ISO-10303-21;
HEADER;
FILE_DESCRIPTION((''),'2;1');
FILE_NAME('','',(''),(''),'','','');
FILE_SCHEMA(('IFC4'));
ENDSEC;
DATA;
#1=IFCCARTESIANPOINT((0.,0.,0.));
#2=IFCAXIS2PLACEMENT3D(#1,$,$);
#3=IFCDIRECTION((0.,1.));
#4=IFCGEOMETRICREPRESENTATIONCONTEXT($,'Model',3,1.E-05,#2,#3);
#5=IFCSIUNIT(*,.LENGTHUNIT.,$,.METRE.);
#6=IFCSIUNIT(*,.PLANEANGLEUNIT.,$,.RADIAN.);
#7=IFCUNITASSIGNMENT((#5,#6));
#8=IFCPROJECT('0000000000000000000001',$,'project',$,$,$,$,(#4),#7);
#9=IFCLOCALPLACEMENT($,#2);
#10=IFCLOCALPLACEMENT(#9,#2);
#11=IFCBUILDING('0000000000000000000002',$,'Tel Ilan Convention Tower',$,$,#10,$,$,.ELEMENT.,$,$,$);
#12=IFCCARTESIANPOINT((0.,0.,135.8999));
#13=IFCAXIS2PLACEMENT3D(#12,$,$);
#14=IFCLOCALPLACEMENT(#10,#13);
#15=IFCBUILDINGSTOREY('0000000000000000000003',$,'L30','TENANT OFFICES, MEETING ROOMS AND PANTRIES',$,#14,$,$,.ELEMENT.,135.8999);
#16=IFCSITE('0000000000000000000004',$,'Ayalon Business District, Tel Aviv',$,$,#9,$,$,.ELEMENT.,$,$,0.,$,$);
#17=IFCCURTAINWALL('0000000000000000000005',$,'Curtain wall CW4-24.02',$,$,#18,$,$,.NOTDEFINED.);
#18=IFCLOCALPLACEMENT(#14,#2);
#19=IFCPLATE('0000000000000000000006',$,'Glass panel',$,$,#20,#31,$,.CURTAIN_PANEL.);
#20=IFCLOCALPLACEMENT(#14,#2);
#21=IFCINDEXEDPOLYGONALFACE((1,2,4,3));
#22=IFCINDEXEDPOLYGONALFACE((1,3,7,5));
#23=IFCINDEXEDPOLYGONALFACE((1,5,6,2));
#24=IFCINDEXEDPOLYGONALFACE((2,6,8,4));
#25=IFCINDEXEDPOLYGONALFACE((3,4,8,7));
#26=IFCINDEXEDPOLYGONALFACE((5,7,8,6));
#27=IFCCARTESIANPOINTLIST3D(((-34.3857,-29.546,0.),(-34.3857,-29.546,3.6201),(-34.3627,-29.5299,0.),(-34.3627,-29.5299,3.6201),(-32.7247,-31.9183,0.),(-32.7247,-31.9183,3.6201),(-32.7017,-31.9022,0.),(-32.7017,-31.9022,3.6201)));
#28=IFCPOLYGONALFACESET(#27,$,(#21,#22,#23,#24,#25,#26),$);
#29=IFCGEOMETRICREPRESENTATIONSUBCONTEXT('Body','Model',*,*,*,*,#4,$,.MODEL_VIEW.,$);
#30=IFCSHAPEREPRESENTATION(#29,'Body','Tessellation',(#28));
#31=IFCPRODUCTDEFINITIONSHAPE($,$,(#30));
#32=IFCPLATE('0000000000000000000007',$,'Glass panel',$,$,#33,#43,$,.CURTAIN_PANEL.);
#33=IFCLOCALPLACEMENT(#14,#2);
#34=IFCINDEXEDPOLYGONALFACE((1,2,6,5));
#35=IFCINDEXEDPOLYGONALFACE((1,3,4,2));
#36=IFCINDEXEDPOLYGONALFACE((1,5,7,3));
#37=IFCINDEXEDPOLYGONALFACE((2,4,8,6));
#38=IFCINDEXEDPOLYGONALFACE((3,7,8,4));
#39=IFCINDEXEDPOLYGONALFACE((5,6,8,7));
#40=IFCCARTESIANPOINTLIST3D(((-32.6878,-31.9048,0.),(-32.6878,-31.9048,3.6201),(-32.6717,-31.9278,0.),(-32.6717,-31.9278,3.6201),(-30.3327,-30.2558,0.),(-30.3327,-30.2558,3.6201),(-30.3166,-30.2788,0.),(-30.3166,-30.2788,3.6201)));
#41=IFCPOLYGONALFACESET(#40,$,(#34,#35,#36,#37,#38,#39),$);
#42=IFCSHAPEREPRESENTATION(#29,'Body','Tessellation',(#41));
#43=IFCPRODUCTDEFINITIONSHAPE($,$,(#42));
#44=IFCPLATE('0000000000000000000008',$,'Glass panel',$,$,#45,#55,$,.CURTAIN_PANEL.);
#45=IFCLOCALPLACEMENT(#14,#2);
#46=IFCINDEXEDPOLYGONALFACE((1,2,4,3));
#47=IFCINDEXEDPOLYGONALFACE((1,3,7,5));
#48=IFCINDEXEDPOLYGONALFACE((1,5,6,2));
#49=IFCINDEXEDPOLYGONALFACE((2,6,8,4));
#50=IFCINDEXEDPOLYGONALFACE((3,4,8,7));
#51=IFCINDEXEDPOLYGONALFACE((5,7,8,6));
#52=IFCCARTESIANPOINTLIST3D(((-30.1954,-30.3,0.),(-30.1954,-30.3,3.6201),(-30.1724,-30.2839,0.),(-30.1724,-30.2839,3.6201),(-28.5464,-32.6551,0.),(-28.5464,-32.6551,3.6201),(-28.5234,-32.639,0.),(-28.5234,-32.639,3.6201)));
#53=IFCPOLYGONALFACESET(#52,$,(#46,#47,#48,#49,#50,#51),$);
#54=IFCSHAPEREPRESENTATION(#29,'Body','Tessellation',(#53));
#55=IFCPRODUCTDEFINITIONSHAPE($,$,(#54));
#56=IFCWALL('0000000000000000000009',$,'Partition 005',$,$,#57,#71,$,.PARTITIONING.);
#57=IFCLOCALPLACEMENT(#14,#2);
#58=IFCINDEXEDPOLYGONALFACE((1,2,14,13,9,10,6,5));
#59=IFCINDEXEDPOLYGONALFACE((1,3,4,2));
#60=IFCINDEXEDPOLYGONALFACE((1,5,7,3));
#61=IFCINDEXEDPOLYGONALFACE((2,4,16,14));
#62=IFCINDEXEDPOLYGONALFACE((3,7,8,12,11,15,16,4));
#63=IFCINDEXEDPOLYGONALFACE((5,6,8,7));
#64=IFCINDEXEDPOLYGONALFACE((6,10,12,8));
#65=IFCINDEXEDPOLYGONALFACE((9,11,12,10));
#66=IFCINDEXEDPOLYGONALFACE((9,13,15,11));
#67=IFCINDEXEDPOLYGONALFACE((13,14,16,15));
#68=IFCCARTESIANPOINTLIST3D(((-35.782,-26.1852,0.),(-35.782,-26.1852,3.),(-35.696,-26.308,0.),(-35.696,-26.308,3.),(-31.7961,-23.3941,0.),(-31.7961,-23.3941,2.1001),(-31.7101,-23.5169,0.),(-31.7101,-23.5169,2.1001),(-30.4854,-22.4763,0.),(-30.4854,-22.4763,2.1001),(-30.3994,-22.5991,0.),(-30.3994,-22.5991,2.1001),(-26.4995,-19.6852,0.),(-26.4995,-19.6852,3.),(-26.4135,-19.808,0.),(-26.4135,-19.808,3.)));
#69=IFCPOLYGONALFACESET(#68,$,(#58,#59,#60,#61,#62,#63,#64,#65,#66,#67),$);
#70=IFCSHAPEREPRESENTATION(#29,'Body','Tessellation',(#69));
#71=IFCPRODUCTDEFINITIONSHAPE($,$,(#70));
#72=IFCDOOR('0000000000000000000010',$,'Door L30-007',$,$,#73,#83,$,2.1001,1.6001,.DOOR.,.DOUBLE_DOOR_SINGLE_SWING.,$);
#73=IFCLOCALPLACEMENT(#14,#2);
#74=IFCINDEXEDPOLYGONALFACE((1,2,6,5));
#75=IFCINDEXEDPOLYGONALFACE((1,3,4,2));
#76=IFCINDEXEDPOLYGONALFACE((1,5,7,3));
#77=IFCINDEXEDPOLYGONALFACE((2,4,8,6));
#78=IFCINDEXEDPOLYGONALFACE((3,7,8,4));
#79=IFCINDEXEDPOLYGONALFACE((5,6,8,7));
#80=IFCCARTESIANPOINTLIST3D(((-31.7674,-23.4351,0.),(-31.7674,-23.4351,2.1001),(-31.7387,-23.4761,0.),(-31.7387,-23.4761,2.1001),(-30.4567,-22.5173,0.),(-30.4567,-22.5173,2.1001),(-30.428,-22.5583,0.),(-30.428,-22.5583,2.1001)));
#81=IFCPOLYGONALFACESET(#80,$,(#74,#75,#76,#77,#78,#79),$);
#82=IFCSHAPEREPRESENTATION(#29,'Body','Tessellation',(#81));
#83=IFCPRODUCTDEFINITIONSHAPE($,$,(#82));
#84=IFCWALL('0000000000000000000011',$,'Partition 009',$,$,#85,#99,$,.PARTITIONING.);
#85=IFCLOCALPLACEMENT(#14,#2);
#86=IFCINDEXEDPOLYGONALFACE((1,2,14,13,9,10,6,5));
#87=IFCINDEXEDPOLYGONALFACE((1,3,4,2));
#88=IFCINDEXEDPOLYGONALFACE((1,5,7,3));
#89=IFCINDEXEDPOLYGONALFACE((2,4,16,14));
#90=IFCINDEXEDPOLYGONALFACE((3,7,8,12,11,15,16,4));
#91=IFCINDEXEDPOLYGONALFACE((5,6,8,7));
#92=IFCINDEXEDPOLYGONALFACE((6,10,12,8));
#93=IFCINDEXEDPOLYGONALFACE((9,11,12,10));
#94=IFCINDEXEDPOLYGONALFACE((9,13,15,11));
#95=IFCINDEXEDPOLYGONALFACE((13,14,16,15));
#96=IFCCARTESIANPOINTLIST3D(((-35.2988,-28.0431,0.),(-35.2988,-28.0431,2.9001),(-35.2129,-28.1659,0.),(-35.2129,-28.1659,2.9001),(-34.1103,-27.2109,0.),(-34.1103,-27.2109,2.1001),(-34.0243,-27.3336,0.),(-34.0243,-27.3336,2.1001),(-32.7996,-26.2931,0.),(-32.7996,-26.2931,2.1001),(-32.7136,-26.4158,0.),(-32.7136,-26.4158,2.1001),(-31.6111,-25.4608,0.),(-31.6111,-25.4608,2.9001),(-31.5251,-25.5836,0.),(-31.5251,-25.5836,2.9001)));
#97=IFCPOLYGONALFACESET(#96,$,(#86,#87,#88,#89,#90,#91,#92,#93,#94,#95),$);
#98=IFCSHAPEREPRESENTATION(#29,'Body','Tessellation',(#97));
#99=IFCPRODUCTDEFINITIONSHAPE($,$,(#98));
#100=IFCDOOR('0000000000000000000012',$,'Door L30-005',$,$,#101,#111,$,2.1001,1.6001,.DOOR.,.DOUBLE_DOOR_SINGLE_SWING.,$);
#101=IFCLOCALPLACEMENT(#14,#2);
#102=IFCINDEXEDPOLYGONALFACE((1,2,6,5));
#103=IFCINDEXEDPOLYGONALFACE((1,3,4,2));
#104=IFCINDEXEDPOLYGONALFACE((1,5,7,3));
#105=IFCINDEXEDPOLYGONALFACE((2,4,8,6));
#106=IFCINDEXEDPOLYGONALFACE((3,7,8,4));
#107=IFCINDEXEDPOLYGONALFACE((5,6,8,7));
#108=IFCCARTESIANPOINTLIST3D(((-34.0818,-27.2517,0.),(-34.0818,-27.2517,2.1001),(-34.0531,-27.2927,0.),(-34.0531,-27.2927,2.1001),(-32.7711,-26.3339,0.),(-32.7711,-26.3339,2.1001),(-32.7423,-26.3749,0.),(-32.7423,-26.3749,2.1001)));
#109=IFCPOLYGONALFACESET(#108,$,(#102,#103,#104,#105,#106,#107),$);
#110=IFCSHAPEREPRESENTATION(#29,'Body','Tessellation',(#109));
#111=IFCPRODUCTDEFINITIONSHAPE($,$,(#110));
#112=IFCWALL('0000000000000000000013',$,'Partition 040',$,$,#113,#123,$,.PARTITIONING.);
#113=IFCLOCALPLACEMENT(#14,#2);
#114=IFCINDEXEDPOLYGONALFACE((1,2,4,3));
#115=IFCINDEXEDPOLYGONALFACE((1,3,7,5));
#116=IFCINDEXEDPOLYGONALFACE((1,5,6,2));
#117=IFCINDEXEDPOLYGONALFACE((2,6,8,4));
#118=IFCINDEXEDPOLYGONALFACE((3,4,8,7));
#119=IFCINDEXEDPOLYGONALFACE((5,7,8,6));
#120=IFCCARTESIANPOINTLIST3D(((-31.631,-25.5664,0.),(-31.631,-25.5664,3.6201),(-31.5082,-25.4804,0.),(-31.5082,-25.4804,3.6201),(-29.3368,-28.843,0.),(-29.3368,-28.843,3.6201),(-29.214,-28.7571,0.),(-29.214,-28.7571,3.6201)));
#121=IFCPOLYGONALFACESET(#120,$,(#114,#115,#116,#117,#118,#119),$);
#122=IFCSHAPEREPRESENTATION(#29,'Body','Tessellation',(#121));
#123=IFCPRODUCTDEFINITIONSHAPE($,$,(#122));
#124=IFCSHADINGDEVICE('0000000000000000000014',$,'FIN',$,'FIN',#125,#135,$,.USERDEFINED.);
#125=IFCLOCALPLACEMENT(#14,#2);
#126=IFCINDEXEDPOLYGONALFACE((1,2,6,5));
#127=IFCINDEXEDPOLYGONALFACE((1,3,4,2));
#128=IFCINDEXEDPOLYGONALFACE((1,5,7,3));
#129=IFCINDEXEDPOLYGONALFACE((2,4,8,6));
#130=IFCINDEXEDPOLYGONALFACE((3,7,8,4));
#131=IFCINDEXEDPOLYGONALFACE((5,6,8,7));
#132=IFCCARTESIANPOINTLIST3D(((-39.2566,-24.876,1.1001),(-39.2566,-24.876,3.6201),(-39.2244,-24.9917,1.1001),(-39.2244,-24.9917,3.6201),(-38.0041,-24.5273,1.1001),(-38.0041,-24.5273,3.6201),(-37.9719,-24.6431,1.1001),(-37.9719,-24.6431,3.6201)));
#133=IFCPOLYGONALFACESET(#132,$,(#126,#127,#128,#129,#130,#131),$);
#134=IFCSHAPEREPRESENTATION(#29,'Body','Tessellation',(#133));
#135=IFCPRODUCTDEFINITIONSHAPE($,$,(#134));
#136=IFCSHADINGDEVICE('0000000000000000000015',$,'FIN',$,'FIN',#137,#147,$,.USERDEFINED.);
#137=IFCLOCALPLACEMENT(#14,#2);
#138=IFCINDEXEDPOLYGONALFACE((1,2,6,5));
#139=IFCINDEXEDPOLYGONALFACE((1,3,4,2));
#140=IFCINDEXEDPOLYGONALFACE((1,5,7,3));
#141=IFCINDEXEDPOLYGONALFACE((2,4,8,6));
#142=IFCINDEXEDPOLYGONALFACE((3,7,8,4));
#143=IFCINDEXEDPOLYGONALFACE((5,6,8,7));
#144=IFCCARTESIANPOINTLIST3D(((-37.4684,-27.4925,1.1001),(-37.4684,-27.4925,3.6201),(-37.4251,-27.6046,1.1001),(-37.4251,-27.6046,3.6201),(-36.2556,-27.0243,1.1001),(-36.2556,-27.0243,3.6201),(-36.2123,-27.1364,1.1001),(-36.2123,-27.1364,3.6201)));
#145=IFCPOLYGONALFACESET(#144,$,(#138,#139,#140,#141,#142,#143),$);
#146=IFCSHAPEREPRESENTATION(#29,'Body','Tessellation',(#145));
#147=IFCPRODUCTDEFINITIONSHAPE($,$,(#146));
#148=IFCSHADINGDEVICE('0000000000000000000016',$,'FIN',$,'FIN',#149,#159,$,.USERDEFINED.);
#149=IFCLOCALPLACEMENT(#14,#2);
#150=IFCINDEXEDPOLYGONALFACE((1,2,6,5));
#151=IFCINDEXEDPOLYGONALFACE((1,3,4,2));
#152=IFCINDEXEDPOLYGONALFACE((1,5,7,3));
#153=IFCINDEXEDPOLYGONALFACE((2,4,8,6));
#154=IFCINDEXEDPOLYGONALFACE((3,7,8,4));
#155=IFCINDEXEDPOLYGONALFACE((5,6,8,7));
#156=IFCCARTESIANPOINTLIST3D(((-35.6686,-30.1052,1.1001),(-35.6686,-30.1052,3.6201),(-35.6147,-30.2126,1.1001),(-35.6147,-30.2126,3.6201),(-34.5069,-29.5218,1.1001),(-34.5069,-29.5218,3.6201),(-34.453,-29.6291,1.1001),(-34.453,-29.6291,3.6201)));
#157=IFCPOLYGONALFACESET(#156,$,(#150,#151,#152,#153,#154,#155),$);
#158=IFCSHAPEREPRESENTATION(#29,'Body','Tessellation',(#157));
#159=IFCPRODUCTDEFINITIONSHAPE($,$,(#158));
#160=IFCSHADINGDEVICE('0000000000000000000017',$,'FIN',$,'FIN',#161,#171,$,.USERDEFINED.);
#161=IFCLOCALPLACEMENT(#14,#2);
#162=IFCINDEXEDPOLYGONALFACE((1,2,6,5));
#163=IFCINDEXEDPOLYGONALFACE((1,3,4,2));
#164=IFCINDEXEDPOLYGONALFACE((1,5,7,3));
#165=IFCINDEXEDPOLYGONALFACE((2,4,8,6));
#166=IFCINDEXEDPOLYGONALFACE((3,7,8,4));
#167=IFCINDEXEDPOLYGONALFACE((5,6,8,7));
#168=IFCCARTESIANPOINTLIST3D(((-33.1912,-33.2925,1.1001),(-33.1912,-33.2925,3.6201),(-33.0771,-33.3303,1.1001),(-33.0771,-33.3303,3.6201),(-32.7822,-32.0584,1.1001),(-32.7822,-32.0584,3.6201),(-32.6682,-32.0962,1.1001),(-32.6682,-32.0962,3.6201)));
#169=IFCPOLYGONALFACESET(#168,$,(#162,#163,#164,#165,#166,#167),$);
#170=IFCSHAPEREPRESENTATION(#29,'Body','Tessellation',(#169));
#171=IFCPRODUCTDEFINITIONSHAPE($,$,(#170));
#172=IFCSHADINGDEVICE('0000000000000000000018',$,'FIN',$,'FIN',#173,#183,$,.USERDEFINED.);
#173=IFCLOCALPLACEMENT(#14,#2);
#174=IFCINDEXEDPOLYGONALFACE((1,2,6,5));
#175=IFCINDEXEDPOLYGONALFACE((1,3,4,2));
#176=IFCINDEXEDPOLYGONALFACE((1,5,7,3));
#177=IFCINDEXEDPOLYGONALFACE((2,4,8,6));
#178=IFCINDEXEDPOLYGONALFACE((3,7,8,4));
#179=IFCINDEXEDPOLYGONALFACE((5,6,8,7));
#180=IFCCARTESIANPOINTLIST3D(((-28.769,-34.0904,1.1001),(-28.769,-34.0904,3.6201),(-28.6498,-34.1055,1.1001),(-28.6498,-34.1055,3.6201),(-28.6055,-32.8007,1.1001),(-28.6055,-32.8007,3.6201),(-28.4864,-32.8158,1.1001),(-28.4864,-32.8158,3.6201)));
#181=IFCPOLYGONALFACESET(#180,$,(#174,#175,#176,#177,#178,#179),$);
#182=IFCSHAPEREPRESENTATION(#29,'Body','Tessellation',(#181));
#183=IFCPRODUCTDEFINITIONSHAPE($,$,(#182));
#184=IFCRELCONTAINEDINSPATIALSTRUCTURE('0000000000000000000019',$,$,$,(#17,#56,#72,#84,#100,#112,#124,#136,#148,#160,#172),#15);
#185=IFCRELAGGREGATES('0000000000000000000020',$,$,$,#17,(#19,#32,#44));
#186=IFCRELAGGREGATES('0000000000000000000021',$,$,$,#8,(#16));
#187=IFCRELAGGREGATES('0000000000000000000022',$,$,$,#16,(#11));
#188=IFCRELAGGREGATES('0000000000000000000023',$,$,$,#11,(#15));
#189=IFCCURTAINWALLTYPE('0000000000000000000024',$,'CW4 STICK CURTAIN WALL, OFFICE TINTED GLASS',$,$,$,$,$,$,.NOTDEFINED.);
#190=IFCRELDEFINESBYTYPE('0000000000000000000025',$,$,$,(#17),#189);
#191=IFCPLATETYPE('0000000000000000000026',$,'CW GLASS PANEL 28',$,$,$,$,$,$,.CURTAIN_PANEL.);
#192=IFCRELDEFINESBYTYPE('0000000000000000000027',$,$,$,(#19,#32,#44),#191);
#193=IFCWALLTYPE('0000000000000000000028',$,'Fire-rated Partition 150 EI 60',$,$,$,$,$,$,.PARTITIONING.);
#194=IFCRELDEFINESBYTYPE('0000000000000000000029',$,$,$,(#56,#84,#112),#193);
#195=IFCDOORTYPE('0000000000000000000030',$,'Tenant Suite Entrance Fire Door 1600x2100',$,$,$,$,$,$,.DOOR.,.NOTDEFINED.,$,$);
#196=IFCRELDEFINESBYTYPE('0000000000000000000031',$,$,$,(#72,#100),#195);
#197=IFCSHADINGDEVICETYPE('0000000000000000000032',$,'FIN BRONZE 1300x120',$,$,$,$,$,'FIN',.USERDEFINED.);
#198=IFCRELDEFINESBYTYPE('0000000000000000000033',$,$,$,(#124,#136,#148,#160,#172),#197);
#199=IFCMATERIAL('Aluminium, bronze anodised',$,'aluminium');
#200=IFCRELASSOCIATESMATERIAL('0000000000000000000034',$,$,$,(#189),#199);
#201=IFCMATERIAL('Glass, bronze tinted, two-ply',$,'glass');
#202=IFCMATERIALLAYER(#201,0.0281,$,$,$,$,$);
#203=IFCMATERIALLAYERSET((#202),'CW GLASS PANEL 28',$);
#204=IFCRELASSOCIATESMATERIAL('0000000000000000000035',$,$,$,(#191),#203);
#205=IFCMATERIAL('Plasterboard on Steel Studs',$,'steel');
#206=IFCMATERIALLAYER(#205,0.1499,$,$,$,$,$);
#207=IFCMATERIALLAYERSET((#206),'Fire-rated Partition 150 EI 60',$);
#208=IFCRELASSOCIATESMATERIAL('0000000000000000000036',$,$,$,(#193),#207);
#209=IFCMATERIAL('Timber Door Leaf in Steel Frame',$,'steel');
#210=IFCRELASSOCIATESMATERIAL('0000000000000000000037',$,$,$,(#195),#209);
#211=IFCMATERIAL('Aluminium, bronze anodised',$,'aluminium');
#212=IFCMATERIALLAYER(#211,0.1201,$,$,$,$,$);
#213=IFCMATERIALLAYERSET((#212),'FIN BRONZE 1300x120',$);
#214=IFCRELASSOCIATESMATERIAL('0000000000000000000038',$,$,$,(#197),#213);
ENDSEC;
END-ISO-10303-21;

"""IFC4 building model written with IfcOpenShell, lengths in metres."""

from ifc_helpers import new_model, si_unit, direction, frame, frame_2d, origin, origin_2d, place, context, subcontext, project, spatial, rectangle, extrude, material, layer, layer_set, type_object, element, fill, aggregate, save


model = new_model("IFC4")

# Units and contexts
model_context = context("Model", 3, precision=1e-05, world=origin(), true_north=direction((0.0, 1.0)))
body_context = subcontext(model_context, "Body", "Model", "MODEL_VIEW")
ifc_project = project(units=[si_unit("LENGTHUNIT", "METRE"), si_unit("PLANEANGLEUNIT", "RADIAN")], contexts=[model_context])

# Site, building, storey
site_placement = place(None, origin())
site = spatial("IfcSite", under=ifc_project, at=site_placement, Name="Ayalon Business District, Tel Aviv", CompositionType="ELEMENT", RefElevation=0.0)
building_placement = place(site_placement, origin())
building = spatial("IfcBuilding", under=site, at=building_placement, Name="Tel Ilan Convention Tower", CompositionType="ELEMENT")
storey_placement = place(building_placement, frame((0.0, 0.0, 135.8999)))
storey = spatial("IfcBuildingStorey", under=building, at=storey_placement, Name="L30", Description="TENANT OFFICES, MEETING ROOMS AND PANTRIES", CompositionType="ELEMENT", Elevation=135.8999)

# Curtain wall, plates
ifc_material_1 = material(Name="Aluminium, bronze anodised", Category="aluminium")
curtain_wall_type = type_object("IfcCurtainWallType", Name="CW4 STICK CURTAIN WALL, OFFICE TINTED GLASS", PredefinedType="NOTDEFINED", material=ifc_material_1)
curtain_wall_placement = place(storey_placement, origin())
curtain_wall = element("IfcCurtainWall", 1, at=curtain_wall_placement, inside=storey, type_object=curtain_wall_type, Name="Curtain wall CW4-24.02", PredefinedType="NOTDEFINED")
ifc_material_2 = material(Name="Glass, bronze tinted, two-ply", Category="glass")
ifc_layer_1 = layer(ifc_material_2, 0.0281)
ifc_layer_set_1 = layer_set([ifc_layer_1], Name="CW GLASS PANEL 28")
plate_type = type_object("IfcPlateType", Name="CW GLASS PANEL 28", PredefinedType="CURTAIN_PANEL", material=ifc_layer_set_1)
plate_1_placement = place(storey_placement, frame((-33.5437, -30.7241, 0.0), z_axis=(0.0, 0.0, 1.0), x_axis=(0.573576, -0.819152, 0.0)))
plate_1 = element("IfcPlate", 2, at=plate_1_placement, type_object=plate_type, Name="Glass panel", PredefinedType="CURTAIN_PANEL", context=body_context, shape_type="SweptSolid", body=[
    extrude(rectangle(XDim=2.896, YDim=0.0281, at=origin_2d()), origin(), (0.0, 0.0, 1.0), 3.6201),
])
plate_2_placement = place(storey_placement, frame((-31.5022, -31.0918, 0.0), z_axis=(0.0, 0.0, 1.0), x_axis=(0.819152, 0.573576, 0.0)))
plate_2 = element("IfcPlate", 3, at=plate_2_placement, type_object=plate_type, Name="Glass panel", PredefinedType="CURTAIN_PANEL", context=body_context, shape_type="SweptSolid", body=[
    extrude(rectangle(XDim=2.875, YDim=0.0281, at=origin_2d()), origin(), (0.0, 0.0, 1.0), 3.6201),
])
plate_3_placement = place(storey_placement, frame((-29.3594, -31.4695, 0.0), z_axis=(0.0, 0.0, 1.0), x_axis=(0.573576, -0.819152, 0.0)))
plate_3 = element("IfcPlate", 4, at=plate_3_placement, type_object=plate_type, Name="Glass panel", PredefinedType="CURTAIN_PANEL", context=body_context, shape_type="SweptSolid", body=[
    extrude(rectangle(XDim=2.875, YDim=0.0281, at=origin_2d()), origin(), (0.0, 0.0, 1.0), 3.6201),
])
aggregate(curtain_wall, [plate_1, plate_2, plate_3])

# Walls, openings, doors
ifc_material_3 = material(Name="Plasterboard on Steel Studs", Category="steel")
ifc_layer_2 = layer(ifc_material_3, 0.1499)
ifc_layer_set_2 = layer_set([ifc_layer_2], Name="Fire-rated Partition 150 EI 60")
wall_type = type_object("IfcWallType", Name="Fire-rated Partition 150 EI 60", PredefinedType="PARTITIONING", material=ifc_layer_set_2)
wall_1_placement = place(storey_placement, frame((-35.739, -26.2466, 0.0), z_axis=(0.0, 0.0, 1.0), x_axis=(0.819138, 0.573597, 0.0)))
wall_1 = element("IfcWall", 5, at=wall_1_placement, inside=storey, type_object=wall_type, Name="Partition 005", PredefinedType="PARTITIONING", context=body_context, shape_type="SweptSolid", body=[
    extrude(rectangle(XDim=11.332, YDim=0.1499, at=frame_2d((5.666, 0.0))), origin(), (0.0, 0.0, 1.0), 3.0),
])
opening_1_placement = place(wall_1_placement, frame((4.866, 0.0, 0.0)))
opening_1 = element("IfcOpeningElement", 6, at=opening_1_placement, cuts=wall_1, PredefinedType="OPENING", context=body_context, shape_type="SweptSolid", body=[
    extrude(rectangle(XDim=1.6001, YDim=2.1001, at=frame_2d((0.8, 1.05))), frame((0.0, 0.085, 0.0), z_axis=(0.0, -1.0, 0.0), x_axis=(1.0, 0.0, 0.0)), (0.0, 0.0, 1.0), 0.1699),
])
ifc_material_4 = material(Name="Timber Door Leaf in Steel Frame", Category="steel")
door_type = type_object("IfcDoorType", Name="Tenant Suite Entrance Fire Door 1600x2100", OperationType="NOTDEFINED", PredefinedType="DOOR", material=ifc_material_4)
door_1_placement = place(opening_1_placement, origin())
door_1 = element("IfcDoor", 7, at=door_1_placement, inside=storey, type_object=door_type, Name="Door L30-007", OperationType="DOUBLE_DOOR_SINGLE_SWING", OverallHeight=2.1001, OverallWidth=1.6001, PredefinedType="DOOR", context=body_context, shape_type="SweptSolid", body=[
    extrude(rectangle(XDim=1.6001, YDim=2.1001, at=frame_2d((0.8, 1.05))), frame((0.0, 0.0249, 0.0), z_axis=(0.0, -1.0, 0.0), x_axis=(1.0, 0.0, 0.0)), (0.0, 0.0, 1.0), 0.05),
])
fill(opening_1, door_1)
wall_2_placement = place(storey_placement, frame((-31.5681, -25.5222, 0.0), z_axis=(0.0, 0.0, 1.0), x_axis=(-0.819143, -0.57359, 0.0)))
wall_2 = element("IfcWall", 8, at=wall_2_placement, inside=storey, type_object=wall_type, Name="Partition 009", PredefinedType="PARTITIONING", context=body_context, shape_type="SweptSolid", body=[
    extrude(rectangle(XDim=4.502, YDim=0.1499, at=frame_2d((2.251, 0.0))), origin(), (0.0, 0.0, 1.0), 2.9001),
])
opening_2_placement = place(wall_2_placement, frame((1.4509, 0.0, 0.0)))
opening_2 = element("IfcOpeningElement", 9, at=opening_2_placement, cuts=wall_2, PredefinedType="OPENING", context=body_context, shape_type="SweptSolid", body=[
    extrude(rectangle(XDim=1.6001, YDim=2.1001, at=frame_2d((0.8, 1.05))), frame((0.0, 0.085, 0.0), z_axis=(0.0, -1.0, 0.0), x_axis=(1.0, 0.0, 0.0)), (0.0, 0.0, 1.0), 0.1699),
])
door_2_placement = place(opening_2_placement, origin())
door_2 = element("IfcDoor", 10, at=door_2_placement, inside=storey, type_object=door_type, Name="Door L30-005", OperationType="DOUBLE_DOOR_SINGLE_SWING", OverallHeight=2.1001, OverallWidth=1.6001, PredefinedType="DOOR", context=body_context, shape_type="SweptSolid", body=[
    extrude(rectangle(XDim=1.6001, YDim=2.1001, at=frame_2d((0.8, 1.05))), frame((0.0, 0.0249, 0.0), z_axis=(0.0, -1.0, 0.0), x_axis=(1.0, 0.0, 0.0)), (0.0, 0.0, 1.0), 0.05),
])
fill(opening_2, door_2)

# Wall
wall_3_placement = place(storey_placement, frame((-29.2754, -28.8, 0.0), z_axis=(0.0, 0.0, 1.0), x_axis=(-0.573557, 0.819166, 0.0)))
element("IfcWall", 11, at=wall_3_placement, inside=storey, type_object=wall_type, Name="Partition 040", PredefinedType="PARTITIONING", context=body_context, shape_type="SweptSolid", body=[
    extrude(rectangle(XDim=4.0, YDim=0.1499, at=frame_2d((2.0, 0.0))), origin(), (0.0, 0.0, 1.0), 3.6201),
])

# Shading devices
ifc_material_5 = material(Name="Aluminium, bronze anodised", Category="aluminium")
ifc_layer_3 = layer(ifc_material_5, 0.1201)
ifc_layer_set_3 = layer_set([ifc_layer_3], Name="FIN BRONZE 1300x120")
shading_device_type = type_object("IfcShadingDeviceType", Name="FIN BRONZE 1300x120", ElementType="FIN", PredefinedType="USERDEFINED", material=ifc_layer_set_3)
for number, where, z_axis, x_axis, name in (
    (12, (-38.6143, -24.7595, 1.1001), (0.0, 0.0, 1.0), (-0.963371, -0.268173, 0.0), "FIN"),
    (13, (-36.8403, -27.3145, 1.1001), (0.0, 0.0, 1.0), (-0.932884, -0.360178, 0.0), "FIN"),
    (14, (-35.0608, -29.8672, 1.1001), (0.0, 0.0, 1.0), (-0.893633, -0.448799, 0.0), "FIN"),
    (15, (-32.9297, -32.6943, 1.1001), (0.0, 0.0, 1.0), (-0.314545, -0.949243, 0.0), "FIN"),
    (16, (-28.6277, -33.4531, 1.1001), (0.0, 0.0, 1.0), (-0.125718, -0.992066, 0.0), "FIN"),
):
    element("IfcShadingDevice", number, at=place(storey_placement, frame(where, z_axis=z_axis, x_axis=x_axis)), inside=storey, type_object=shading_device_type, Name=name, ObjectType="FIN", PredefinedType="USERDEFINED", context=body_context, shape_type="SweptSolid", body=[
        extrude(rectangle(XDim=1.3, YDim=0.1201, at=origin_2d()), origin(), (0.0, 0.0, 1.0), 2.52),
    ])

save(model, "model.ifc")
